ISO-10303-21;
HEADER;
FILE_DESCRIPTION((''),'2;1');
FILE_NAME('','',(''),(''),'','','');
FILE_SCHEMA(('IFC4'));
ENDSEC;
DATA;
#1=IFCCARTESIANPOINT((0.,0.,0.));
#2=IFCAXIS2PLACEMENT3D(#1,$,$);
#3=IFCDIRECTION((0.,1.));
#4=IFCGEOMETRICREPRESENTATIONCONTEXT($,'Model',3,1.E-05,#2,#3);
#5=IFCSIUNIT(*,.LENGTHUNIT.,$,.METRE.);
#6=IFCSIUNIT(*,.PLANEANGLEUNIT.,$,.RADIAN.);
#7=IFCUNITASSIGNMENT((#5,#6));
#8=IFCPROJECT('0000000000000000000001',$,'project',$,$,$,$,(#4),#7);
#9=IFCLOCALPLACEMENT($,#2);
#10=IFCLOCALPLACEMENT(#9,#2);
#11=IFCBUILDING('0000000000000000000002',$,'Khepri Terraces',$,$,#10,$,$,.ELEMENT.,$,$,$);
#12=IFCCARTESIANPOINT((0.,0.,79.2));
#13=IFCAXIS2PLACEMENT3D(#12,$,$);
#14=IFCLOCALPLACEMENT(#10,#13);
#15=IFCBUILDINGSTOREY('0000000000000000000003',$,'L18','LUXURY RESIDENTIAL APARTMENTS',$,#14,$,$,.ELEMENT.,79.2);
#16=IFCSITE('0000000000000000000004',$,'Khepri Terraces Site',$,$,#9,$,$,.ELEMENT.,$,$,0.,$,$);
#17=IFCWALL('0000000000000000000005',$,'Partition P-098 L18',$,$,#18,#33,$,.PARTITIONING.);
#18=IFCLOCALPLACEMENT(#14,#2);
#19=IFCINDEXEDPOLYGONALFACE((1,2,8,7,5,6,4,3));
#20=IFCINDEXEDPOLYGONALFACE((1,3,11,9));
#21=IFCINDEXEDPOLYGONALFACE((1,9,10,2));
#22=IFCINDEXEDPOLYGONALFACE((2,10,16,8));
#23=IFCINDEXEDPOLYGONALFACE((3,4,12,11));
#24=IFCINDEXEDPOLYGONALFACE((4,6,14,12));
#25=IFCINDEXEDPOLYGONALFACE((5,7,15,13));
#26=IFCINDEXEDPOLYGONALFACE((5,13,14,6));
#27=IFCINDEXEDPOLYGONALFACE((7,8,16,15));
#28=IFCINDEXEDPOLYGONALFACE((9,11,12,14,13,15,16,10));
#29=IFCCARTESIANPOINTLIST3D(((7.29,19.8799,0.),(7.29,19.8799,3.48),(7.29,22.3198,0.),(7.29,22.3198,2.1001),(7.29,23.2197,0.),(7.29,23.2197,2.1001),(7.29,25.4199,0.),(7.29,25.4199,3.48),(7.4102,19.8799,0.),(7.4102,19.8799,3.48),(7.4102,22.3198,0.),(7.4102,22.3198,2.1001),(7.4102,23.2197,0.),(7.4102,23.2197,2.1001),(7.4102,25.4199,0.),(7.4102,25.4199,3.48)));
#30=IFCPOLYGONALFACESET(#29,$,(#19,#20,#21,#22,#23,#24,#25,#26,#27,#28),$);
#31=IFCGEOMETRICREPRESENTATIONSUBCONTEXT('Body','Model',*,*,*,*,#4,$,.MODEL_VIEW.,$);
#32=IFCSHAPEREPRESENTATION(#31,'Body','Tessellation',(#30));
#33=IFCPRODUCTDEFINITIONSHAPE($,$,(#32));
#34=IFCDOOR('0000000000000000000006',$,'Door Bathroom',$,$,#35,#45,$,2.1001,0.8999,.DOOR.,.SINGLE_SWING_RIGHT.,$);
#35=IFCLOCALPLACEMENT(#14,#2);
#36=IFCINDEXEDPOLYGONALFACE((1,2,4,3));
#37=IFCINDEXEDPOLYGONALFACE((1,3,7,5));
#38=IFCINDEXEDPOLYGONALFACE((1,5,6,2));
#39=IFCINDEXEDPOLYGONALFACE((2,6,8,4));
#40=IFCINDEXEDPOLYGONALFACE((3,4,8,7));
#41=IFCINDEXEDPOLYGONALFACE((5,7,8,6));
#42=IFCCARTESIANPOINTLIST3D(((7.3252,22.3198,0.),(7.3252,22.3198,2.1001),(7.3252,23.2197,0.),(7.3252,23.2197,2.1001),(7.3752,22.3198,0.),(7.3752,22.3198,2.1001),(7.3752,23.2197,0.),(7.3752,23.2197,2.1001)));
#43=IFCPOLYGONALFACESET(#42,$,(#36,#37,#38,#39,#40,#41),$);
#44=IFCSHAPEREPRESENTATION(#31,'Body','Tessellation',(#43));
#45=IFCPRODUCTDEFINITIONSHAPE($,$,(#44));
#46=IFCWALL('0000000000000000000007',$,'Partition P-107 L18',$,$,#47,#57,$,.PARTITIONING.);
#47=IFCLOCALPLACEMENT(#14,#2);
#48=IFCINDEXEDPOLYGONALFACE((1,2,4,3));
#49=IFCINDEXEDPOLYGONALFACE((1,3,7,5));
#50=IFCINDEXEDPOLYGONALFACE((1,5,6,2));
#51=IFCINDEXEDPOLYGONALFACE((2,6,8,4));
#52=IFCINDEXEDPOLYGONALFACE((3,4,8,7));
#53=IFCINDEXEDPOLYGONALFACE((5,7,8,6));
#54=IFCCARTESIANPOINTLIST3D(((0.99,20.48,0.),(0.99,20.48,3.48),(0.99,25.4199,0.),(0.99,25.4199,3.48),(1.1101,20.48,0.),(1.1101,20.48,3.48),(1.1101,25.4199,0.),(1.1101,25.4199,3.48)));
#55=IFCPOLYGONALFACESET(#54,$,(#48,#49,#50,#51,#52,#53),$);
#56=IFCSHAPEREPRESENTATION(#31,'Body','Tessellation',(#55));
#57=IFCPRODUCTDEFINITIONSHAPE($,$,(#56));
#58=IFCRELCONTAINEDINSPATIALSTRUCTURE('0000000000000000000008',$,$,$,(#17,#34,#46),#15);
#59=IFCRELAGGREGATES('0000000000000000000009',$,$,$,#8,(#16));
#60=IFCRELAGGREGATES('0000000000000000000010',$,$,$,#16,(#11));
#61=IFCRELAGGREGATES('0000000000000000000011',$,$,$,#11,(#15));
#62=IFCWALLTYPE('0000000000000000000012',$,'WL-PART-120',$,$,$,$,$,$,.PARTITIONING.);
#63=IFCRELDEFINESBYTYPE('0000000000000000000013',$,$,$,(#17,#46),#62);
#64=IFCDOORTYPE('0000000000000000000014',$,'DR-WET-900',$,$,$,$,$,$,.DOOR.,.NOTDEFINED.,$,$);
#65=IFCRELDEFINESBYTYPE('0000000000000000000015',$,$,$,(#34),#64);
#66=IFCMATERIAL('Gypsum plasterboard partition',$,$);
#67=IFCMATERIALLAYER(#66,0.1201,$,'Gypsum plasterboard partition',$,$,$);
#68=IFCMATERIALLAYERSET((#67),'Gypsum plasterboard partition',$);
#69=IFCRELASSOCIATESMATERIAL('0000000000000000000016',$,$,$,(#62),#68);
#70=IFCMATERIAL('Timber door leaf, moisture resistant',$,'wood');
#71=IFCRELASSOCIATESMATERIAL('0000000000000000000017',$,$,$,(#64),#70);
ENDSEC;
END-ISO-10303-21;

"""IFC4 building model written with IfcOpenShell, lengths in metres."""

from ifc_helpers import new_model, si_unit, direction, frame, frame_2d, origin, place, context, subcontext, project, spatial, rectangle, extrude, material, layer, layer_set, type_object, element, fill, save


model = new_model("IFC4")

# Units and contexts
model_context = context("Model", 3, precision=1e-05, world=origin(), true_north=direction((0.0, 1.0)))
body_context = subcontext(model_context, "Body", "Model", "MODEL_VIEW")
ifc_project = project(units=[si_unit("LENGTHUNIT", "METRE"), si_unit("PLANEANGLEUNIT", "RADIAN")], contexts=[model_context])

# Site, building, storey
site_placement = place(None, origin())
site = spatial("IfcSite", under=ifc_project, at=site_placement, Name="Khepri Terraces Site", CompositionType="ELEMENT", RefElevation=0.0)
building_placement = place(site_placement, origin())
building = spatial("IfcBuilding", under=site, at=building_placement, Name="Khepri Terraces", CompositionType="ELEMENT")
storey_placement = place(building_placement, frame((0.0, 0.0, 79.2)))
storey = spatial("IfcBuildingStorey", under=building, at=storey_placement, Name="L18", Description="LUXURY RESIDENTIAL APARTMENTS", CompositionType="ELEMENT", Elevation=79.2)

# Shared definitions
ifc_material_1 = material(Name="Gypsum plasterboard partition")
ifc_layer_1 = layer(ifc_material_1, 0.1201, Name="Gypsum plasterboard partition")
ifc_layer_set_1 = layer_set([ifc_layer_1], Name="Gypsum plasterboard partition")
wall_type_1 = type_object("IfcWallType", Name="WL-PART-120", PredefinedType="PARTITIONING", material=ifc_layer_set_1)

# Wall, opening, door
wall_1_placement = place(storey_placement, frame((7.3501, 19.8799, 0.0), z_axis=(0.0, 0.0, 1.0), x_axis=(0.0, 1.0, 0.0)))
wall_1 = element("IfcWall", 1, at=wall_1_placement, inside=storey, type_object=wall_type_1, Name="Partition P-098 L18", PredefinedType="PARTITIONING", context=body_context, shape_type="SweptSolid", body=[
    extrude(rectangle(XDim=5.54, YDim=0.1201, at=frame_2d((2.77, 0.0))), origin(), (0.0, 0.0, 1.0), 3.48),
])
opening_1_placement = place(wall_1_placement, frame((2.4399, 0.0, 0.0)))
opening_1 = element("IfcOpeningElement", 2, at=opening_1_placement, cuts=wall_1, PredefinedType="OPENING", context=body_context, shape_type="SweptSolid", body=[
    extrude(rectangle(XDim=0.8999, YDim=2.1001, at=frame_2d((0.45, 1.05))), frame((0.0, 0.0701, 0.0), z_axis=(0.0, -1.0, 0.0), x_axis=(1.0, 0.0, 0.0)), (0.0, 0.0, 1.0), 0.1401),
])
ifc_material_2 = material(Name="Timber door leaf, moisture resistant", Category="wood")
door_type_1 = type_object("IfcDoorType", Name="DR-WET-900", OperationType="NOTDEFINED", PredefinedType="DOOR", material=ifc_material_2)
door_1_placement = place(opening_1_placement, origin())
door_1 = element("IfcDoor", 3, at=door_1_placement, inside=storey, type_object=door_type_1, Name="Door Bathroom", OperationType="SINGLE_SWING_RIGHT", OverallHeight=2.1001, OverallWidth=0.8999, PredefinedType="DOOR", context=body_context, shape_type="SweptSolid", body=[
    extrude(rectangle(XDim=0.8999, YDim=2.1001, at=frame_2d((0.45, 1.05))), frame((0.0, 0.0249, 0.0), z_axis=(0.0, -1.0, 0.0), x_axis=(1.0, 0.0, 0.0)), (0.0, 0.0, 1.0), 0.05),
])
fill(opening_1, door_1)

# Wall
wall_2_placement = place(storey_placement, frame((1.05, 20.48, 0.0), z_axis=(0.0, 0.0, 1.0), x_axis=(0.0, 1.0, 0.0)))
element("IfcWall", 4, at=wall_2_placement, inside=storey, type_object=wall_type_1, Name="Partition P-107 L18", PredefinedType="PARTITIONING", context=body_context, shape_type="SweptSolid", body=[
    extrude(rectangle(XDim=4.9399, YDim=0.1201, at=frame_2d((2.47, 0.0))), origin(), (0.0, 0.0, 1.0), 3.48),
])

save(model, "model.ifc")
